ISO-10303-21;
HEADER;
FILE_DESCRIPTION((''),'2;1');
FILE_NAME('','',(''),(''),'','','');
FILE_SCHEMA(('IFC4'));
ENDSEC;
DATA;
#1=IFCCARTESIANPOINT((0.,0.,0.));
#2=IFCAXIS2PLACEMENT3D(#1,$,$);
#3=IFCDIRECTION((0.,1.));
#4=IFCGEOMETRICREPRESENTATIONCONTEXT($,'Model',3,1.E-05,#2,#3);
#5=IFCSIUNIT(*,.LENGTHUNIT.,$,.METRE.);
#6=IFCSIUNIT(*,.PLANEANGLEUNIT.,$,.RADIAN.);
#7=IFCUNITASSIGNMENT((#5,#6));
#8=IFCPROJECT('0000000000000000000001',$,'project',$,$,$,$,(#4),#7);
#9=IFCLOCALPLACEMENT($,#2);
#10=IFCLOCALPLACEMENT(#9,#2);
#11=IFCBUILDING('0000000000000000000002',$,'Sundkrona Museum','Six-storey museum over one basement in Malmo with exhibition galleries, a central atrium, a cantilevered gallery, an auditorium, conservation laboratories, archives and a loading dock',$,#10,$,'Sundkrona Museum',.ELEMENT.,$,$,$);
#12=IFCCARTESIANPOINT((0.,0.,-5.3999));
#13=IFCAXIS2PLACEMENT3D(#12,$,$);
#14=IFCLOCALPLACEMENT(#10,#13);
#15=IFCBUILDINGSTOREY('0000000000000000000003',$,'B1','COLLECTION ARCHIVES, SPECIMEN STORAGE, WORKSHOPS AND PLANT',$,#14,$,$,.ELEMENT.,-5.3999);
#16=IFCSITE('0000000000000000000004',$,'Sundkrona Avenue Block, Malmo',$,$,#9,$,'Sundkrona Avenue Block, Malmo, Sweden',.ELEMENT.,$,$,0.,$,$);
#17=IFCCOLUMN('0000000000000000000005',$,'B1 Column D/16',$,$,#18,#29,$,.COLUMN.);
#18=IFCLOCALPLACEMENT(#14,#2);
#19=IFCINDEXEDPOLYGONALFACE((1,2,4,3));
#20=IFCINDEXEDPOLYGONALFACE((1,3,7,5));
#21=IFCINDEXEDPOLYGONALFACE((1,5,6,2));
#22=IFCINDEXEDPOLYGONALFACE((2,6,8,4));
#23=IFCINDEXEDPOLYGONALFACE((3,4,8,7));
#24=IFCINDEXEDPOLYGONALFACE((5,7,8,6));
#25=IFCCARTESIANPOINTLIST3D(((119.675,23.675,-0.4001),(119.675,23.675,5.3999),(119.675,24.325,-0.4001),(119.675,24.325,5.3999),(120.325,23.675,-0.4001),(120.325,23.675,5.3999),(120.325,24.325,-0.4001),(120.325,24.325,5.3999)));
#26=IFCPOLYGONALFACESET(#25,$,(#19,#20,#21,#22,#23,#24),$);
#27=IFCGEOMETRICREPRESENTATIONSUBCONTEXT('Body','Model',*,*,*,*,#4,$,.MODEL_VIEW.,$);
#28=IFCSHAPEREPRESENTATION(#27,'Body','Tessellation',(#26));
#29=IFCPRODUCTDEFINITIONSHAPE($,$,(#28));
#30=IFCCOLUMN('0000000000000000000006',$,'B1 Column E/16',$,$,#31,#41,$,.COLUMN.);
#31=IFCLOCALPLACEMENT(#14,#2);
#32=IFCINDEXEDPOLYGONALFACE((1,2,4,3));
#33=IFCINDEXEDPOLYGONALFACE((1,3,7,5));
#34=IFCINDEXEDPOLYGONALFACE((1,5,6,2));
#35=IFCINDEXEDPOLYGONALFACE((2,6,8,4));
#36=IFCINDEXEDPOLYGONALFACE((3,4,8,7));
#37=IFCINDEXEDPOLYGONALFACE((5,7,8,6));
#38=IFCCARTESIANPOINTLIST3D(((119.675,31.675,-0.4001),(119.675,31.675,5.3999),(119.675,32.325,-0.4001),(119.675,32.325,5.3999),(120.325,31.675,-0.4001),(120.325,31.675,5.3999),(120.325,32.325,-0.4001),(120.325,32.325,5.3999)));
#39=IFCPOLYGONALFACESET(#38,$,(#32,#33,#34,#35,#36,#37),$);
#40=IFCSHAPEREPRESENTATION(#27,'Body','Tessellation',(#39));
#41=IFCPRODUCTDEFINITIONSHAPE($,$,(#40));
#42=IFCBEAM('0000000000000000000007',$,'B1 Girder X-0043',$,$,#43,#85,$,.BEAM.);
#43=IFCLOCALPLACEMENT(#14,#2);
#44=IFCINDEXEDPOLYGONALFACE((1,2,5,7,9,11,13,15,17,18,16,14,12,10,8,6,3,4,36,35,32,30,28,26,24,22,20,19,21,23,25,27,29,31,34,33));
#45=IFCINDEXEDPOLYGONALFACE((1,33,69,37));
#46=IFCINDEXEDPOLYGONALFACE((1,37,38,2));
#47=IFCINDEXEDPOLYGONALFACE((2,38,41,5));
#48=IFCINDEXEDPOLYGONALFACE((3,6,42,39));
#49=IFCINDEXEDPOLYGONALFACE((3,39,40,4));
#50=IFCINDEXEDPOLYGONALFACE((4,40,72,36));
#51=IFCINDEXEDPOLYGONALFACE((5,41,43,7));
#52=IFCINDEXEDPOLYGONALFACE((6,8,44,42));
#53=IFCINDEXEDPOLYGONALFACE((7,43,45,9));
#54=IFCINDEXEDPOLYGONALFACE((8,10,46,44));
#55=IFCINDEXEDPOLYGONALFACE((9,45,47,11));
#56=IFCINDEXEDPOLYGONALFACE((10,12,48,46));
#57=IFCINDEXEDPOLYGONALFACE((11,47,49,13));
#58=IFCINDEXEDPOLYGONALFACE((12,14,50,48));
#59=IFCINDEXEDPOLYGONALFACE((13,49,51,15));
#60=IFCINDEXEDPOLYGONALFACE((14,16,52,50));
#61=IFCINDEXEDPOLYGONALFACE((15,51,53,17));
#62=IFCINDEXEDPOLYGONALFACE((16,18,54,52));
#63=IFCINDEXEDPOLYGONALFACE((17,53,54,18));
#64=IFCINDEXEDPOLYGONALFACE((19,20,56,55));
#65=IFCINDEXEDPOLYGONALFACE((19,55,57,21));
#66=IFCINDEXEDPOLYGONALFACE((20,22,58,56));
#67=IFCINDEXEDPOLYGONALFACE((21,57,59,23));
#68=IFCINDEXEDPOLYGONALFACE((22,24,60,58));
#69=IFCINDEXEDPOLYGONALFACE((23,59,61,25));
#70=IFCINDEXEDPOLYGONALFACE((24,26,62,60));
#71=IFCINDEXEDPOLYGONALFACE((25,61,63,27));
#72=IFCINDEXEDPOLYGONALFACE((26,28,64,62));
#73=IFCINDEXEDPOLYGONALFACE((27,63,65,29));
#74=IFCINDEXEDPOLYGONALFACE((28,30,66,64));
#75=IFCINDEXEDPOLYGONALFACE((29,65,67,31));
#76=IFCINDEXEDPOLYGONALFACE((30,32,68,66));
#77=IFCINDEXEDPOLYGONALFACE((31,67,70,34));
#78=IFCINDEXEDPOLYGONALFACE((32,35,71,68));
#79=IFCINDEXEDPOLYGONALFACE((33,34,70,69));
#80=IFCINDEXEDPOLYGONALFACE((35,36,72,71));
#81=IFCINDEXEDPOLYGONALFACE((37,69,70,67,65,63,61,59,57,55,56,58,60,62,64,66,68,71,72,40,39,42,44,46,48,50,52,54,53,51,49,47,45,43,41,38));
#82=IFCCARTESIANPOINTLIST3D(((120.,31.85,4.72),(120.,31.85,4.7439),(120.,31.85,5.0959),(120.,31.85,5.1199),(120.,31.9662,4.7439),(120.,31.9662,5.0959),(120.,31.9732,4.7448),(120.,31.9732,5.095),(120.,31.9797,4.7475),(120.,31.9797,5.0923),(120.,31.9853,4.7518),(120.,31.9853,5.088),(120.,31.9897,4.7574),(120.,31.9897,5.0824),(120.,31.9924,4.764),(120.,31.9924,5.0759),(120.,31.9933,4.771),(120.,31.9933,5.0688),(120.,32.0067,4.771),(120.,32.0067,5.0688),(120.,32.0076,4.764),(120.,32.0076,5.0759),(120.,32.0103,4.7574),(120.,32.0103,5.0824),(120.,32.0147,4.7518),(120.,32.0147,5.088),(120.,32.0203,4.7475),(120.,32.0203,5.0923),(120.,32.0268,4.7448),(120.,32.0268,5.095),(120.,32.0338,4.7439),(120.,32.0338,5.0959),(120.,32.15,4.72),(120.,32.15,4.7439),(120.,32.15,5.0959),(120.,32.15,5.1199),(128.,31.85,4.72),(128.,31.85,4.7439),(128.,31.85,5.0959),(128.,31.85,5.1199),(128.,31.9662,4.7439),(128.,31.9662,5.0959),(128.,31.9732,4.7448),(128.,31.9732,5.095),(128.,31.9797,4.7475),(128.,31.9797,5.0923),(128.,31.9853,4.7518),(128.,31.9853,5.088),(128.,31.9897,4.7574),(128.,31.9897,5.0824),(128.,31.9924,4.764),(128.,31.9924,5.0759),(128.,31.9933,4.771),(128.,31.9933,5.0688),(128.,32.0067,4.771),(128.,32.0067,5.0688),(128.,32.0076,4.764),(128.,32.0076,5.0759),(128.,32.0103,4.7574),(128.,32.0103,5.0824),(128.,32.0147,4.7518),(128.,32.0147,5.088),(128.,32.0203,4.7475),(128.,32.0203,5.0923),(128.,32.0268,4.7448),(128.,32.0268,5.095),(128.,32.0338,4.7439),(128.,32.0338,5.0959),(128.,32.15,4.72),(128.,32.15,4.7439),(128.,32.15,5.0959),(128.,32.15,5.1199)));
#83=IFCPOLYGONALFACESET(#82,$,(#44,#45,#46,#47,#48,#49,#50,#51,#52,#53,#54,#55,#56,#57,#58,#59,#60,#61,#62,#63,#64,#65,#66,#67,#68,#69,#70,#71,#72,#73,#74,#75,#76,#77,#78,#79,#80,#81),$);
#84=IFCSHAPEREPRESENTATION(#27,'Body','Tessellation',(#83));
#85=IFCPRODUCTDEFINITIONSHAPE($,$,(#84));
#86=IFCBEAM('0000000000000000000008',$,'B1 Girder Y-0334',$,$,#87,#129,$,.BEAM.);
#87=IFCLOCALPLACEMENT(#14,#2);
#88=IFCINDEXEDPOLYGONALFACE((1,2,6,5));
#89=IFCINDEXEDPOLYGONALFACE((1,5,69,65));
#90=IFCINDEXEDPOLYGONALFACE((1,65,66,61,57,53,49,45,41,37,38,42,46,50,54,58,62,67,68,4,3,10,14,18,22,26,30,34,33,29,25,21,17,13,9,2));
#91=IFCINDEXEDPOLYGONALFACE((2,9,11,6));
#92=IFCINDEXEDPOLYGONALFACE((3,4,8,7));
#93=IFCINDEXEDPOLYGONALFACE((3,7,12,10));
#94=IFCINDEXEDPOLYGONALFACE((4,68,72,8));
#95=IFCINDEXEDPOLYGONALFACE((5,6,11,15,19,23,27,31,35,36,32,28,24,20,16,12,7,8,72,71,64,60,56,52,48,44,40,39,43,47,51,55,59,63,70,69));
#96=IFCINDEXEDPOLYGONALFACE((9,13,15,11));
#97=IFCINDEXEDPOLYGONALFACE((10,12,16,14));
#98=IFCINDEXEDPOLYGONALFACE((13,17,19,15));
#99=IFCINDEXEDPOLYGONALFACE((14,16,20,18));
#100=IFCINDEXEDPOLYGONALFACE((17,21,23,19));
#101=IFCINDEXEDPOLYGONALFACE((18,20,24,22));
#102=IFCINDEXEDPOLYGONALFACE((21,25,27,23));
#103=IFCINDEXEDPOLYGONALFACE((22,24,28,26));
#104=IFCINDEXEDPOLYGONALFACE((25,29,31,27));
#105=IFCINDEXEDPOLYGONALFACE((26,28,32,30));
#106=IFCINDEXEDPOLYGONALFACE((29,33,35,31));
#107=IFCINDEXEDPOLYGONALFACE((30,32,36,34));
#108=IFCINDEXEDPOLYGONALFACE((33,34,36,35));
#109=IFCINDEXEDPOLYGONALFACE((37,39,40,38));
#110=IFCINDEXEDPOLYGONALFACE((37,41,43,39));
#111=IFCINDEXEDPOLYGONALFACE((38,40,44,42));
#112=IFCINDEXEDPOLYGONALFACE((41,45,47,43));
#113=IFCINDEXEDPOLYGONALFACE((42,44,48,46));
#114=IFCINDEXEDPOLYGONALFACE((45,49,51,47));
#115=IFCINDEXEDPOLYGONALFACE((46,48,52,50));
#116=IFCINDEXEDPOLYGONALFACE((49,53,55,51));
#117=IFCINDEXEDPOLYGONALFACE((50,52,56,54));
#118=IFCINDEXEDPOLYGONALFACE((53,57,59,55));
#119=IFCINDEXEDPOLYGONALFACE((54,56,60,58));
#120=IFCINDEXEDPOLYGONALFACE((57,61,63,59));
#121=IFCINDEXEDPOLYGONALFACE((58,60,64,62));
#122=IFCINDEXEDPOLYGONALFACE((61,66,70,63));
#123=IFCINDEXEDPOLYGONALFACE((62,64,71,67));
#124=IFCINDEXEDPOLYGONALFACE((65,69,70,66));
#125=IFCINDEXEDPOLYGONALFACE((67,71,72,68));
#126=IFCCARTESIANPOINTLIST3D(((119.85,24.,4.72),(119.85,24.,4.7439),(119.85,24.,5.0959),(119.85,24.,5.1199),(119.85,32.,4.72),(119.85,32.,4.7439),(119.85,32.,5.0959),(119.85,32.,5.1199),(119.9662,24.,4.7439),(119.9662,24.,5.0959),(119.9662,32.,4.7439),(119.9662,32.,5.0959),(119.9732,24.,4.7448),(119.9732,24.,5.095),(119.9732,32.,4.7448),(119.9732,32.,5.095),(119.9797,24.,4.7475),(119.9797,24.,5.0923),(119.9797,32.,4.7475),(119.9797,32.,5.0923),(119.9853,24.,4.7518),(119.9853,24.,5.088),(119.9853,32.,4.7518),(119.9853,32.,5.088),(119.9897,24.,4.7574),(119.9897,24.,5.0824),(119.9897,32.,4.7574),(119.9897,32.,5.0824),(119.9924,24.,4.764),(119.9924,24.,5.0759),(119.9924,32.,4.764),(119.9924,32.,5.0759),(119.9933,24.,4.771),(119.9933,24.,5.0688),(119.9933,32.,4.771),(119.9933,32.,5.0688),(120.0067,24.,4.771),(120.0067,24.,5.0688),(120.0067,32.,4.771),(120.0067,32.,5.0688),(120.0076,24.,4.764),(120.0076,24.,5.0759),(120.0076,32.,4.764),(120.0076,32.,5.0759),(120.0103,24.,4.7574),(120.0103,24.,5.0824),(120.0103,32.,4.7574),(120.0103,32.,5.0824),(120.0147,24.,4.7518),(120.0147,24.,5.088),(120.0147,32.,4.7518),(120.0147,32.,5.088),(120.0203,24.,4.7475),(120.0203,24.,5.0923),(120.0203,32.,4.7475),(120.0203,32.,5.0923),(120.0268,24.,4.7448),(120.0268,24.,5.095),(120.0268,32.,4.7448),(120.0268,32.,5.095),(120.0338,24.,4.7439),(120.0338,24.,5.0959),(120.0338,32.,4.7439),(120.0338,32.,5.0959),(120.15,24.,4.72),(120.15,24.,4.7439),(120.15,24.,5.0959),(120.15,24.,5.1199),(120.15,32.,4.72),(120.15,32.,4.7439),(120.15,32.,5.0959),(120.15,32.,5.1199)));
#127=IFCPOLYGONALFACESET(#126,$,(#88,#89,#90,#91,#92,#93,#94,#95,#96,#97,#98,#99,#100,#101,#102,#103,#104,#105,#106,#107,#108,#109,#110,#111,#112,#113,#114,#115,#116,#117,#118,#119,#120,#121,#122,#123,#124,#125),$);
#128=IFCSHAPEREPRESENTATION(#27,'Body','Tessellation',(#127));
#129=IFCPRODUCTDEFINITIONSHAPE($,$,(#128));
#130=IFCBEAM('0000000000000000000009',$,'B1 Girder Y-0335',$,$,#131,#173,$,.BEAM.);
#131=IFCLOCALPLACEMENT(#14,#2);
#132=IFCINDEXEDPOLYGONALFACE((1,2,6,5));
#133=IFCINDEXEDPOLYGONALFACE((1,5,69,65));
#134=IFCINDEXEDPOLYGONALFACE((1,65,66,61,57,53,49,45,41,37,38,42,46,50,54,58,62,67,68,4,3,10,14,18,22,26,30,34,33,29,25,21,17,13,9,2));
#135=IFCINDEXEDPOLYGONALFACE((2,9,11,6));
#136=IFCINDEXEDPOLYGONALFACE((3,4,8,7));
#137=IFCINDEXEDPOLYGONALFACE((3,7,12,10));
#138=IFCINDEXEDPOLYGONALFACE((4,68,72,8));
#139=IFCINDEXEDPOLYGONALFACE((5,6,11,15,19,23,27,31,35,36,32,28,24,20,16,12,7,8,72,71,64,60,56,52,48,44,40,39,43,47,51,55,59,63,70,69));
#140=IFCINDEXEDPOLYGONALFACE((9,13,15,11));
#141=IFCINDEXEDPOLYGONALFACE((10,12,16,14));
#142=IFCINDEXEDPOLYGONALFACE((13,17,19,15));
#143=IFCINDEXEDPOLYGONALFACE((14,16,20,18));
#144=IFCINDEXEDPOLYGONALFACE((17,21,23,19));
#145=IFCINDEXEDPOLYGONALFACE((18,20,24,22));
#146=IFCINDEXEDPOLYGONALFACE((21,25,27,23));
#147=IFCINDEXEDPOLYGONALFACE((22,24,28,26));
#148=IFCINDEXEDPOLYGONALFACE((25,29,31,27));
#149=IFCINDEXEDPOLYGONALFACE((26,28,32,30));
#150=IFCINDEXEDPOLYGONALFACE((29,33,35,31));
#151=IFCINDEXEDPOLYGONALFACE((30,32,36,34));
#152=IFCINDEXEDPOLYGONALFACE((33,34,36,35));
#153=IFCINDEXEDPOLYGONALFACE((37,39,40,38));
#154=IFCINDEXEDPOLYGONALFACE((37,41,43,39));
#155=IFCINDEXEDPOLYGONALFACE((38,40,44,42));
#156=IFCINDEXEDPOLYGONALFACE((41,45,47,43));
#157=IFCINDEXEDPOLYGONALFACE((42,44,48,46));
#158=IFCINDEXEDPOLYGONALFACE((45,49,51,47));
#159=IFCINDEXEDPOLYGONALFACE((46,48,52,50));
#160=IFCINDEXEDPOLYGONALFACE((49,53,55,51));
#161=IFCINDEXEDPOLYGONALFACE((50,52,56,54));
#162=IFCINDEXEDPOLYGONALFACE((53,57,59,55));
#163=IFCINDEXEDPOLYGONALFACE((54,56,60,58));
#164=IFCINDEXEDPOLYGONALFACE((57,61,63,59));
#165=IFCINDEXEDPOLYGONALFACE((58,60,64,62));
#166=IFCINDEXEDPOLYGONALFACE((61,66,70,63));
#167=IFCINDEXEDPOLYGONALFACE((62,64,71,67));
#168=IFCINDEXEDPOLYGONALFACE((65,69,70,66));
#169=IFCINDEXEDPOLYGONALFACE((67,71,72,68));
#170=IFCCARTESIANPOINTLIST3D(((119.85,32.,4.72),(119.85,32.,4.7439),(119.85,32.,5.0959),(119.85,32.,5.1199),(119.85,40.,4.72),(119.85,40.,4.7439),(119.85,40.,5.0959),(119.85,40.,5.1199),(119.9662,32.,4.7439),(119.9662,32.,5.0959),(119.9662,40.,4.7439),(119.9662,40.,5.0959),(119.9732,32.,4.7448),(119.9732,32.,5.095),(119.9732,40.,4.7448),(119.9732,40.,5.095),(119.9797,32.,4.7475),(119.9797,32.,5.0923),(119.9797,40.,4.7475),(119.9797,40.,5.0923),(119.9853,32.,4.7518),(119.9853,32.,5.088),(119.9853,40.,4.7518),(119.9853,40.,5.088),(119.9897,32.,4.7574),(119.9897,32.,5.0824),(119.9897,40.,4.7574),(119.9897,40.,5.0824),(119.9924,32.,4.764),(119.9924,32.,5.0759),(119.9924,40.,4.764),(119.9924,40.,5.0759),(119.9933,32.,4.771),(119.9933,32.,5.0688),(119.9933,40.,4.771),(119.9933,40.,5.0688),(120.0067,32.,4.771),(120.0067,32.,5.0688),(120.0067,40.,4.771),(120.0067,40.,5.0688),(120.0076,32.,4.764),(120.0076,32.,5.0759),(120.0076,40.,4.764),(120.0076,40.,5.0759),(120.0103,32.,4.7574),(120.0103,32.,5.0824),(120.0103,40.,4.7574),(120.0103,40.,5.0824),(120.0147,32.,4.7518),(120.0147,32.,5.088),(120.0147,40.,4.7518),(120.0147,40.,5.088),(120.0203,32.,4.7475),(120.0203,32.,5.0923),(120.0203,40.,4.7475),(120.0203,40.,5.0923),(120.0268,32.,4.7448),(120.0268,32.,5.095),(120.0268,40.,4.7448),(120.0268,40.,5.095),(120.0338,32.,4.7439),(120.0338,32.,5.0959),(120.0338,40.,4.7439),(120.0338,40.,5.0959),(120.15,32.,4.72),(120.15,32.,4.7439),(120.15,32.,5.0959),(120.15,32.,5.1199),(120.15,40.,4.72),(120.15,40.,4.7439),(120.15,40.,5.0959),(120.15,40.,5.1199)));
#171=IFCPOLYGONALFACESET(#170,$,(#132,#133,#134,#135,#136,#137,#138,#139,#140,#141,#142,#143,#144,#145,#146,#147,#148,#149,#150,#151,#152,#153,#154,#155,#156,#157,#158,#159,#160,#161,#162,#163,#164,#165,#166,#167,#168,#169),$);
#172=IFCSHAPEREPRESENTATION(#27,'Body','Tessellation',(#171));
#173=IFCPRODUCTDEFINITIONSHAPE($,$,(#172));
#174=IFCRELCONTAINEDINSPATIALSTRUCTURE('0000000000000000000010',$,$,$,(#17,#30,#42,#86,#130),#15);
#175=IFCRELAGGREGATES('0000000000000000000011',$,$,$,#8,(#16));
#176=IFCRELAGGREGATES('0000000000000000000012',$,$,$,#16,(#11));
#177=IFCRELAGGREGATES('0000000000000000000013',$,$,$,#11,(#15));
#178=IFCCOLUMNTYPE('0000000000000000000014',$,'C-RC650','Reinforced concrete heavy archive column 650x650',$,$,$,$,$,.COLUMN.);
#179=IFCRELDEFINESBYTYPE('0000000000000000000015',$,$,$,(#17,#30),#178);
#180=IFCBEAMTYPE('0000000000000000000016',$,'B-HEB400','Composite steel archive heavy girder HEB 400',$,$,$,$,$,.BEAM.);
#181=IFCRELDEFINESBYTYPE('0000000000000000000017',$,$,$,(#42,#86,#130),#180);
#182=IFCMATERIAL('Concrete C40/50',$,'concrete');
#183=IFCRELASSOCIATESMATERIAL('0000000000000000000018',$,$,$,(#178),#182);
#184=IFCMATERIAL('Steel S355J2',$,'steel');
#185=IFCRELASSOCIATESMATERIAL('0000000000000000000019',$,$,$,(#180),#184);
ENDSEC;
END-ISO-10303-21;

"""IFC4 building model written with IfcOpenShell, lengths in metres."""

from ifc_helpers import new_model, si_unit, direction, frame, origin, origin_2d, place, context, subcontext, project, spatial, rectangle, i_section, extrude, material, material_profile, profile_set, type_object, element, save


model = new_model("IFC4")

# Units and contexts
model_context = context("Model", 3, precision=1e-05, world=origin(), true_north=direction((0.0, 1.0)))
body_context = subcontext(model_context, "Body", "Model", "MODEL_VIEW")
ifc_project = project(units=[si_unit("LENGTHUNIT", "METRE"), si_unit("PLANEANGLEUNIT", "RADIAN")], contexts=[model_context])

# Site, building, storey
site_placement = place(None, origin())
site = spatial("IfcSite", under=ifc_project, at=site_placement, Name="Sundkrona Avenue Block, Malmo", LongName="Sundkrona Avenue Block, Malmo, Sweden", CompositionType="ELEMENT", RefElevation=0.0)
building_placement = place(site_placement, origin())
building = spatial("IfcBuilding", under=site, at=building_placement, Name="Sundkrona Museum", Description="Six-storey museum over one basement in Malmo with exhibition galleries, a central atrium, a cantilevered gallery, an auditorium, conservation laboratories, archives and a loading dock", LongName="Sundkrona Museum", CompositionType="ELEMENT")
storey_placement = place(building_placement, frame((0.0, 0.0, -5.3999)))
storey = spatial("IfcBuildingStorey", under=building, at=storey_placement, Name="B1", Description="COLLECTION ARCHIVES, SPECIMEN STORAGE, WORKSHOPS AND PLANT", CompositionType="ELEMENT", Elevation=-5.3999)

# Shared definitions
ifc_material_1 = material(Name="Concrete C40/50", Category="concrete")

# Columns
ifc_material_profile_1 = material_profile(ifc_material_1, rectangle(XDim=0.6499, YDim=0.6499, at=origin_2d()), Name="RC 650x650")
ifc_profile_set_1 = profile_set([ifc_material_profile_1], Name="Concrete C40/50")
column_type = type_object("IfcColumnType", Name="C-RC650", Description="Reinforced concrete heavy archive column 650x650", PredefinedType="COLUMN", material=ifc_profile_set_1)
for number, where, z_axis, x_axis, name in (
    (1, (120.0, 24.0, -0.4001), (0.0, 0.0, 1.0), (1.0, 0.0, 0.0), "B1 Column D/16"),
    (2, (120.0, 32.0, -0.4001), (0.0, 0.0, 1.0), (1.0, 0.0, 0.0), "B1 Column E/16"),
):
    element("IfcColumn", number, at=place(storey_placement, frame(where, z_axis=z_axis, x_axis=x_axis)), inside=storey, type_object=column_type, Name=name, PredefinedType="COLUMN", context=body_context, shape_type="SweptSolid", body=[
        extrude(rectangle(XDim=0.6499, YDim=0.6499, at=origin_2d()), origin(), (0.0, 0.0, 1.0), 5.8),
    ])

# Beams
ifc_material_2 = material(Name="Steel S355J2", Category="steel")
ifc_material_profile_2 = material_profile(ifc_material_2, i_section(OverallWidth=0.3, OverallDepth=0.3999, WebThickness=0.0134, FlangeThickness=0.0239, FilletRadius=0.0271, at=origin_2d()), Name="HEB 400")
ifc_profile_set_2 = profile_set([ifc_material_profile_2], Name="Steel S355J2")
beam_type_1 = type_object("IfcBeamType", Name="B-HEB400", Description="Composite steel archive heavy girder HEB 400", PredefinedType="BEAM", material=ifc_profile_set_2)
for number, where, z_axis, x_axis, name in (
    (3, (120.0, 32.0, 4.9199), (1.0, 0.0, 0.0), (0.0, 1.0, 0.0), "B1 Girder X-0043"),
    (4, (120.0, 24.0, 4.9199), (0.0, 1.0, 0.0), (-1.0, 0.0, 0.0), "B1 Girder Y-0334"),
    (5, (120.0, 32.0, 4.9199), (0.0, 1.0, 0.0), (-1.0, 0.0, 0.0), "B1 Girder Y-0335"),
):
    element("IfcBeam", number, at=place(storey_placement, frame(where, z_axis=z_axis, x_axis=x_axis)), inside=storey, type_object=beam_type_1, Name=name, PredefinedType="BEAM", context=body_context, shape_type="SweptSolid", body=[
        extrude(i_section(OverallWidth=0.3, OverallDepth=0.3999, WebThickness=0.0134, FlangeThickness=0.0239, FilletRadius=0.0271, at=origin_2d()), origin(), (0.0, 0.0, 1.0), 8.0),
    ])

save(model, "model.ifc")
